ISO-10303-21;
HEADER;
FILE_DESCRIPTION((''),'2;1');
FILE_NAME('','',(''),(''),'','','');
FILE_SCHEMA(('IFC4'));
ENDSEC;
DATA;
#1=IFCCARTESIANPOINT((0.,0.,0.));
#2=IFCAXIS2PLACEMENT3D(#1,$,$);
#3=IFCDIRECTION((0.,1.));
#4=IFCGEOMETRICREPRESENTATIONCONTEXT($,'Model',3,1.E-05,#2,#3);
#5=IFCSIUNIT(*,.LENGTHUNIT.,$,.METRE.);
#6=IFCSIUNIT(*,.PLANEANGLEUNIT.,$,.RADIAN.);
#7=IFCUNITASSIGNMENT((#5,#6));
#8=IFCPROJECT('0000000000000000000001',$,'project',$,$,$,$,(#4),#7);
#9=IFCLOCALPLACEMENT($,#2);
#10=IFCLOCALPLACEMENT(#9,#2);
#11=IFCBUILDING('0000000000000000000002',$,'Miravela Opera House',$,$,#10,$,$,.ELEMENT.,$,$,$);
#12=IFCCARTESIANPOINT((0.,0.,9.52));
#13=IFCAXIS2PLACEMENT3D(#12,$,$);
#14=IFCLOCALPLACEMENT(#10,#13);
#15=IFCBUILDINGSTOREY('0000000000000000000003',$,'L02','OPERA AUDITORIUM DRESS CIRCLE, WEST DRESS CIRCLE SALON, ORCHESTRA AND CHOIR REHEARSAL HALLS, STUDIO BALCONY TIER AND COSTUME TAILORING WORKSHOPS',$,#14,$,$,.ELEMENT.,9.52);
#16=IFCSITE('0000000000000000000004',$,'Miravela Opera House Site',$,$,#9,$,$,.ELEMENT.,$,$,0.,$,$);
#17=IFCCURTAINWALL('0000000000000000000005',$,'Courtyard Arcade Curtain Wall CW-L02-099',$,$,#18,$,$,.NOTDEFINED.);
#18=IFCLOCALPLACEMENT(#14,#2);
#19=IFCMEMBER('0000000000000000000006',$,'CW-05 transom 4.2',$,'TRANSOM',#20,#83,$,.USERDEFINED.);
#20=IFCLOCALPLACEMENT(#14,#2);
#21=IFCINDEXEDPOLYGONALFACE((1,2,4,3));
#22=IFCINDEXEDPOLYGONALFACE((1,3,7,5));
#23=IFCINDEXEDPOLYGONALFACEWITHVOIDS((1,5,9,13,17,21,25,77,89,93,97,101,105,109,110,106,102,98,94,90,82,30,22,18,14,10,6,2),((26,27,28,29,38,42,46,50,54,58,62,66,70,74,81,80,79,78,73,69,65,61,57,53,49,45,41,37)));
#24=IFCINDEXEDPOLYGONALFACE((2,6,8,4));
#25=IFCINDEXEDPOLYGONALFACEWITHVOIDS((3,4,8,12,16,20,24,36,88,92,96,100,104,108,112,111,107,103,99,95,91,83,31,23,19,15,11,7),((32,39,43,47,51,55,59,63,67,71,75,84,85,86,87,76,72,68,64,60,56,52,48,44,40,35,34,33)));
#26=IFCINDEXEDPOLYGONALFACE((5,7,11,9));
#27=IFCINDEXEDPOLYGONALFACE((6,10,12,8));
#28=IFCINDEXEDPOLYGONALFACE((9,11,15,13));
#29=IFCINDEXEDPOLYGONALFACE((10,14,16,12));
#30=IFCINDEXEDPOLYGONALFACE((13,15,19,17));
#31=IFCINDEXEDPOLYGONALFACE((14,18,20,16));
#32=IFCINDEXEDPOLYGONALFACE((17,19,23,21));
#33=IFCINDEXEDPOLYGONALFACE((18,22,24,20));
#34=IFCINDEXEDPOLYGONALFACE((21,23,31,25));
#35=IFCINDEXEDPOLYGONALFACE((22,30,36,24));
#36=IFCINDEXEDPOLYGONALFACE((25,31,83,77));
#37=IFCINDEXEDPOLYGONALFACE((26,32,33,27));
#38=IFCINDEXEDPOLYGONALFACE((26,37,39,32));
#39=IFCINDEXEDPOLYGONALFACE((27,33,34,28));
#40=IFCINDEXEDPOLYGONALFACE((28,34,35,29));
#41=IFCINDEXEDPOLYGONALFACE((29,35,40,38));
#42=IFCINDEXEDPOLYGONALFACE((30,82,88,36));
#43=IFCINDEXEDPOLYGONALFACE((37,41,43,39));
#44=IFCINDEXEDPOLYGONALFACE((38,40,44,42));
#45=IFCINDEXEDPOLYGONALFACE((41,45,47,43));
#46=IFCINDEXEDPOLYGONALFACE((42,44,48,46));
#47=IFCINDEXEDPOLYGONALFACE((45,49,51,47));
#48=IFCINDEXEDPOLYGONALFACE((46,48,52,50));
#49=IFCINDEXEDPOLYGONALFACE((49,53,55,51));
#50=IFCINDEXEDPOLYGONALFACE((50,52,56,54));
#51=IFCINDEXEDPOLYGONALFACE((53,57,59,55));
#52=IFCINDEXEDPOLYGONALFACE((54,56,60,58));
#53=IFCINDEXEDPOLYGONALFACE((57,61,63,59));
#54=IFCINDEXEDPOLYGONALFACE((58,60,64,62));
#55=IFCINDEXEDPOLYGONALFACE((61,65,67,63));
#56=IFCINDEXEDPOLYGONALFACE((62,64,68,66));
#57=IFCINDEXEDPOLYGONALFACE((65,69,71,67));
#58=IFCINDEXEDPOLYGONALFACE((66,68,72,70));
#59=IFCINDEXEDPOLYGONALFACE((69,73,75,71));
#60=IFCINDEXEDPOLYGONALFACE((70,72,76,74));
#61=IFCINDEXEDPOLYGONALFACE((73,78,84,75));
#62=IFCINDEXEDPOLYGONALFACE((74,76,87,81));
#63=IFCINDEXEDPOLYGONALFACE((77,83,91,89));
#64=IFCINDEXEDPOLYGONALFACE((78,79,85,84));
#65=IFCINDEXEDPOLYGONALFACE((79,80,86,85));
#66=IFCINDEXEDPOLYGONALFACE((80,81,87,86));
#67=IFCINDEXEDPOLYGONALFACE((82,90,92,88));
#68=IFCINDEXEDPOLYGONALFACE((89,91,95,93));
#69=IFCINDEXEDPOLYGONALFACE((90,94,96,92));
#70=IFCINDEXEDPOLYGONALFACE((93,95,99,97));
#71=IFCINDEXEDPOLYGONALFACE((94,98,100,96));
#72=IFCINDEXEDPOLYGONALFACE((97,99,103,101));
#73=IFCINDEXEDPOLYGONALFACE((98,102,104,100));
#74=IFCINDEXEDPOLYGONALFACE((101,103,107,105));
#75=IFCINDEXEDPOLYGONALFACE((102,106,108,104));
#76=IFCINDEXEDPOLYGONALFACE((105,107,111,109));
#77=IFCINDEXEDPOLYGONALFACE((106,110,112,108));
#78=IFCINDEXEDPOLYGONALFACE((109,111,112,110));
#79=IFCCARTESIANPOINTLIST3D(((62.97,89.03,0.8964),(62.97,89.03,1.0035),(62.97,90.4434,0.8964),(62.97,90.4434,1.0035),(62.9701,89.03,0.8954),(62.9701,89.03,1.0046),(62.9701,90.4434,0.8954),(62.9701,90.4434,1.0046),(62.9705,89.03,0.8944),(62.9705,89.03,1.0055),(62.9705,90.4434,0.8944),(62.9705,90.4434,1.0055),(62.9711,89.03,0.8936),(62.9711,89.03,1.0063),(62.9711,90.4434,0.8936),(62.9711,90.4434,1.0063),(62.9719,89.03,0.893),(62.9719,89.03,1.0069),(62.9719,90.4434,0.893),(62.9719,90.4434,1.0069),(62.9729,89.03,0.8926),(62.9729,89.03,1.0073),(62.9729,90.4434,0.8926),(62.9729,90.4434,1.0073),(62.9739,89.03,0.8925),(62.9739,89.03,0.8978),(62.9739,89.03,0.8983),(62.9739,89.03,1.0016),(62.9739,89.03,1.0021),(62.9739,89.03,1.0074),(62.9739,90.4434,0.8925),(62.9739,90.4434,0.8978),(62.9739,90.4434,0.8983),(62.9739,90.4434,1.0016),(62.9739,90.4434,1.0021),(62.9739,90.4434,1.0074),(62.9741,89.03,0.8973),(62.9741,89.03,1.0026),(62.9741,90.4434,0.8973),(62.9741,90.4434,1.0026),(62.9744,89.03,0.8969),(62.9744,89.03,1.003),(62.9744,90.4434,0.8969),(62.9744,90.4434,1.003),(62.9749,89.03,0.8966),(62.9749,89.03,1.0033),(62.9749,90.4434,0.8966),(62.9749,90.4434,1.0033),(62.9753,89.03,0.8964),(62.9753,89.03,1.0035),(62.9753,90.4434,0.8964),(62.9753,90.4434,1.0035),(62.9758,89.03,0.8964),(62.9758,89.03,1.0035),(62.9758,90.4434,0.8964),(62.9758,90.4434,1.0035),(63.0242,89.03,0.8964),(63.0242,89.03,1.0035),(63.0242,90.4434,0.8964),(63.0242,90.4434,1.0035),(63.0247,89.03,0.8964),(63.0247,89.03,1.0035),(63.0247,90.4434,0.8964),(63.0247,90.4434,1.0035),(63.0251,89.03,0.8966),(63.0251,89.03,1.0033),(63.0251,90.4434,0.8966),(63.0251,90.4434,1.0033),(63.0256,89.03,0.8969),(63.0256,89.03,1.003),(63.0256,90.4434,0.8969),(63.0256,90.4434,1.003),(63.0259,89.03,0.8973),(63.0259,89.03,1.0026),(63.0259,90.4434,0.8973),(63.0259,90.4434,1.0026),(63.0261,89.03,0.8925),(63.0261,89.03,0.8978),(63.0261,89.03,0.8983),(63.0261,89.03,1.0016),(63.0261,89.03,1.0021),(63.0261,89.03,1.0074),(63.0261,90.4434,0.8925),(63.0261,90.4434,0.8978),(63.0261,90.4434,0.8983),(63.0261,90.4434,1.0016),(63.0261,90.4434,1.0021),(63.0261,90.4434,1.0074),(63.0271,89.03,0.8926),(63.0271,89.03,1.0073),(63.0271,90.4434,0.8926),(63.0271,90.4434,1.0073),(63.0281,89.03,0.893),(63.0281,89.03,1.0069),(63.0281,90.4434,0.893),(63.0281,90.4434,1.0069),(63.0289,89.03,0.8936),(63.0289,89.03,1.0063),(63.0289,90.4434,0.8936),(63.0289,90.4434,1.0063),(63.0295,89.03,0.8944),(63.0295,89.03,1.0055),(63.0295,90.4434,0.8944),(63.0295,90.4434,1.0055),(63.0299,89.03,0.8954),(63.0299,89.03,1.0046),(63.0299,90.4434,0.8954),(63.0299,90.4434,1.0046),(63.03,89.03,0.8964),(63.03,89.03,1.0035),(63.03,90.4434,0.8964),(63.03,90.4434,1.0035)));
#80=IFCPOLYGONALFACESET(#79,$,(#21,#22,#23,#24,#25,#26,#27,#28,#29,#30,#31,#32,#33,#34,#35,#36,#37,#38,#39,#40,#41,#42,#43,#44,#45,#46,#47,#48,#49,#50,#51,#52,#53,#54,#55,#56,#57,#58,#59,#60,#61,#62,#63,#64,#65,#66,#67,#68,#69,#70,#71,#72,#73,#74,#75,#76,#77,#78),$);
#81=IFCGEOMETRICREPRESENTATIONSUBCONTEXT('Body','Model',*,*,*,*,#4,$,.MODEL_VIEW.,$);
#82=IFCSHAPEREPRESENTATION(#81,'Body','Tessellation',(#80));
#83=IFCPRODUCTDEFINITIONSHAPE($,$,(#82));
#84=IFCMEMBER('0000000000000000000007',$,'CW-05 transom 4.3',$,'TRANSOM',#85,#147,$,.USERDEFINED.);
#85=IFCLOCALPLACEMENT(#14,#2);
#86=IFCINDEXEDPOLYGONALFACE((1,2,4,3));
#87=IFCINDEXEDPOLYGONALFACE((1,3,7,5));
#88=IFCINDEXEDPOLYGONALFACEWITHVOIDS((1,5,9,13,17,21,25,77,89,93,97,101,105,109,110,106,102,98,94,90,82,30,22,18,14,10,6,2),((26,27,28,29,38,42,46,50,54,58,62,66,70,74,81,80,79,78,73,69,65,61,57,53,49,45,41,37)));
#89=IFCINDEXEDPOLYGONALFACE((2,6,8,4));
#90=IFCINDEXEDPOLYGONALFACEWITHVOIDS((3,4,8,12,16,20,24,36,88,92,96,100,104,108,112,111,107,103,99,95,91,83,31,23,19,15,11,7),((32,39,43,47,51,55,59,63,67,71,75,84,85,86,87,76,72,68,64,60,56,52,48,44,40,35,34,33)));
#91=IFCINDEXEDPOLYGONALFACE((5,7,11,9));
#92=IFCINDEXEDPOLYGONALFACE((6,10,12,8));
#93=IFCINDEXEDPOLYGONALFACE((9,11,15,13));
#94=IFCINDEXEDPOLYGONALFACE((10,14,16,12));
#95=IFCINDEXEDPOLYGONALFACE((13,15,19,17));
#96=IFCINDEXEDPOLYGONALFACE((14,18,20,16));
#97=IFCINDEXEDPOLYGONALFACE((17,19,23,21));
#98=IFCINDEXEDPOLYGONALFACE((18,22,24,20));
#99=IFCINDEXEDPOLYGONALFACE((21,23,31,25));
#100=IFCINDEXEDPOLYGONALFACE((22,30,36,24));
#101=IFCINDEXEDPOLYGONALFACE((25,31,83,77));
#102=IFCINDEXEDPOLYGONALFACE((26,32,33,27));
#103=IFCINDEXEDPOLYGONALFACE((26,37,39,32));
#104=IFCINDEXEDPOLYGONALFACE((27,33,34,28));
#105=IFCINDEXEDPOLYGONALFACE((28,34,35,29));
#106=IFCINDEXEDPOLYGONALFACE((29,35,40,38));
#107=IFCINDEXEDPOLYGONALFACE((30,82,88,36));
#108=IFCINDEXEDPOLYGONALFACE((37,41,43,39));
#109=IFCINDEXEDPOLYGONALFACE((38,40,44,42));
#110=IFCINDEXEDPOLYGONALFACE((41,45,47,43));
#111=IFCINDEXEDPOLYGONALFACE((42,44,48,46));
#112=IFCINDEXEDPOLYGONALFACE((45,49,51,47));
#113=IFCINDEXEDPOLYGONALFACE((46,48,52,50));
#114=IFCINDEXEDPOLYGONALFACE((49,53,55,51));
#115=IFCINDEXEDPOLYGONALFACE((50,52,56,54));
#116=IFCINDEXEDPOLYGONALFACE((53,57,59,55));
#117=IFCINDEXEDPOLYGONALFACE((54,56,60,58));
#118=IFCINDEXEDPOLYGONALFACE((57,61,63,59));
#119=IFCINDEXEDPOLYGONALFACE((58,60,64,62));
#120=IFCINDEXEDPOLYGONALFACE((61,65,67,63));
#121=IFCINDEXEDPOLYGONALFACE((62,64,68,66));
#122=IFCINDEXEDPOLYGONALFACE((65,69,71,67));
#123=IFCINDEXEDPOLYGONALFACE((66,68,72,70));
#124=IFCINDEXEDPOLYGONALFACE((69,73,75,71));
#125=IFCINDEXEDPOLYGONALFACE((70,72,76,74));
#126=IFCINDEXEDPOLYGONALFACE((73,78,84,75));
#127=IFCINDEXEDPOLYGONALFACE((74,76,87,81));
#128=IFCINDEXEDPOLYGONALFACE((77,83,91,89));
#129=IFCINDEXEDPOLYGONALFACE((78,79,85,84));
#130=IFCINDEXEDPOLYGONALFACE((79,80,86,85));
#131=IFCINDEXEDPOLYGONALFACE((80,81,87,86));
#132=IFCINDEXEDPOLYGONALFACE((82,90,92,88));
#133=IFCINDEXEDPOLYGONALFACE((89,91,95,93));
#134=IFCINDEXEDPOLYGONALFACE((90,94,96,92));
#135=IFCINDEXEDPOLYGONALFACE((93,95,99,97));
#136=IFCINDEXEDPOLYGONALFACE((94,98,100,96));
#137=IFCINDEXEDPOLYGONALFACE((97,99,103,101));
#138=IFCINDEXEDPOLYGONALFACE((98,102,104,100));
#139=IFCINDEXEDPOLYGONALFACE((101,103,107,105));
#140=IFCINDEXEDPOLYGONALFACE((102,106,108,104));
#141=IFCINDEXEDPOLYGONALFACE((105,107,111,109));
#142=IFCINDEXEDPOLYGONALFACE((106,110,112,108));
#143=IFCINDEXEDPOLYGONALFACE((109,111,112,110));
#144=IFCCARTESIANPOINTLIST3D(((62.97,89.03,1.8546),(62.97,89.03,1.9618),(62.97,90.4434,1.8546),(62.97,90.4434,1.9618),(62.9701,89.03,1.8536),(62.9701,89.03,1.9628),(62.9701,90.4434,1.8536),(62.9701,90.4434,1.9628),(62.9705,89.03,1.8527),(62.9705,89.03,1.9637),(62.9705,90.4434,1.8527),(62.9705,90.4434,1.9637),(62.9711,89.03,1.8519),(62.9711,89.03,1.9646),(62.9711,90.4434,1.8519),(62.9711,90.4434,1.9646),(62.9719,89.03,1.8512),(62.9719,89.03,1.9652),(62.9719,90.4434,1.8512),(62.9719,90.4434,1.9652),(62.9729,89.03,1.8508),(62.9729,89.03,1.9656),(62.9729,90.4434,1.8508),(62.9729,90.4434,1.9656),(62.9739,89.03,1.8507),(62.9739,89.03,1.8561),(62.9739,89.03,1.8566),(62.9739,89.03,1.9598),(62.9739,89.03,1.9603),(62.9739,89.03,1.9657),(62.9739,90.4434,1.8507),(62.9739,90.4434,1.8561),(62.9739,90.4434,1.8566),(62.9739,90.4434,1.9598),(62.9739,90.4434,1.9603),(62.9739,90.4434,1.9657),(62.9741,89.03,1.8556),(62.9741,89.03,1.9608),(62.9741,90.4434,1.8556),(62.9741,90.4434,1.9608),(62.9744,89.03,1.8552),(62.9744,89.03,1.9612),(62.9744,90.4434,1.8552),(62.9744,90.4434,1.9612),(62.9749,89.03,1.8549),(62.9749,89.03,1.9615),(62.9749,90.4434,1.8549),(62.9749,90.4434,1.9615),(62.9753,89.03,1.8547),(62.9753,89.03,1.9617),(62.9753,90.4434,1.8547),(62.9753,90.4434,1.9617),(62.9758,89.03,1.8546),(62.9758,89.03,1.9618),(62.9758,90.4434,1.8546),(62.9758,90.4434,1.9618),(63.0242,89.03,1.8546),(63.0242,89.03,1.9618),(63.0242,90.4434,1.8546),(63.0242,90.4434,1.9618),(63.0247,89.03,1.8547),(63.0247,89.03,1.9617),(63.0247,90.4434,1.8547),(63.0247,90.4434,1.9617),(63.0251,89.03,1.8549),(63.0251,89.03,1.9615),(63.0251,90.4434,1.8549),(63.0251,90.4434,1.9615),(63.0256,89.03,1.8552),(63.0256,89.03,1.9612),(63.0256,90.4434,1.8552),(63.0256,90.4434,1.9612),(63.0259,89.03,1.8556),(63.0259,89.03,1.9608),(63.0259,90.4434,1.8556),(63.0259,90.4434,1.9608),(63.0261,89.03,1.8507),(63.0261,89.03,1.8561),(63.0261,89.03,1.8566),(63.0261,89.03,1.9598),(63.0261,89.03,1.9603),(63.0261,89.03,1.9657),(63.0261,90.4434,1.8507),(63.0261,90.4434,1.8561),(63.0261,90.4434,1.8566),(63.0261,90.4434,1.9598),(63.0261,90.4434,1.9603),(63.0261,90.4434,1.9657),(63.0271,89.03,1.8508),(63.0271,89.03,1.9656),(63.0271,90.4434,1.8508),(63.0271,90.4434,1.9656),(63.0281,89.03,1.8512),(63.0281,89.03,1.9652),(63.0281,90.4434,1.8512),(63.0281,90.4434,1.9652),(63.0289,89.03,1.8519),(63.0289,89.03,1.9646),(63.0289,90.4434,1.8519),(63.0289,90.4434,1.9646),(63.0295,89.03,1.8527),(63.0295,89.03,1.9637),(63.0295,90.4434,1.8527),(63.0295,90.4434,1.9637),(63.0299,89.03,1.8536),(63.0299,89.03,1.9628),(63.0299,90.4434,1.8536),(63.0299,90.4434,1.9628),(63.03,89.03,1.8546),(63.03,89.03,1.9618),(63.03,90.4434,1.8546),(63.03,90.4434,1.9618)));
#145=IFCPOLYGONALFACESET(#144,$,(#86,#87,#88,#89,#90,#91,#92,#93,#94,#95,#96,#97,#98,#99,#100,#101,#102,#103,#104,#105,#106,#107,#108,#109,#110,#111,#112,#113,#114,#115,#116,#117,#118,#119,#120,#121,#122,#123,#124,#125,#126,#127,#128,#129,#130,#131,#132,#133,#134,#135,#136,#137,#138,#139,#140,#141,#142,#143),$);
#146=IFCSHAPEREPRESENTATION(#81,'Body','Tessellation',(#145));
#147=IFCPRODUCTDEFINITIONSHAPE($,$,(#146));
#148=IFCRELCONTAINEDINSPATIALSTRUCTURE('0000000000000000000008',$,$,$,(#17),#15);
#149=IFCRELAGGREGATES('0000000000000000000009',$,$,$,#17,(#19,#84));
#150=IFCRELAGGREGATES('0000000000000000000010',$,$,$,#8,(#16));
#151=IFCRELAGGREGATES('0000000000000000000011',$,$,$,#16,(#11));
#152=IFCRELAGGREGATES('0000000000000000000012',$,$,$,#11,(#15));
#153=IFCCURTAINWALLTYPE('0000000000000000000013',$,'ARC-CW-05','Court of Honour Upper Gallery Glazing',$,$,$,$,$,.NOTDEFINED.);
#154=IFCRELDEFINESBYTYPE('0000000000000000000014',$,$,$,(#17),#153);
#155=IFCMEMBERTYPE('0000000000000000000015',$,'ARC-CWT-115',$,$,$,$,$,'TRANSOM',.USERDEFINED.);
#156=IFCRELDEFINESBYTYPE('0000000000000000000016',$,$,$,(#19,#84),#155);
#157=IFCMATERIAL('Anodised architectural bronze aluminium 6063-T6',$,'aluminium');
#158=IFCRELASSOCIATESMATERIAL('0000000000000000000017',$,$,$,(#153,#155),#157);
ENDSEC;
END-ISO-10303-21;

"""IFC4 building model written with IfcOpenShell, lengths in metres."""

from ifc_helpers import new_model, si_unit, direction, frame, origin, origin_2d, place, context, subcontext, project, spatial, hollow_rectangle, extrude, material, material_profile, profile_set, type_object, element, aggregate, save


model = new_model("IFC4")

# Units and contexts
model_context = context("Model", 3, precision=1e-05, world=origin(), true_north=direction((0.0, 1.0)))
body_context = subcontext(model_context, "Body", "Model", "MODEL_VIEW")
ifc_project = project(units=[si_unit("LENGTHUNIT", "METRE"), si_unit("PLANEANGLEUNIT", "RADIAN")], contexts=[model_context])

# Site, building, storey
site_placement = place(None, origin())
site = spatial("IfcSite", under=ifc_project, at=site_placement, Name="Miravela Opera House Site", CompositionType="ELEMENT", RefElevation=0.0)
building_placement = place(site_placement, origin())
building = spatial("IfcBuilding", under=site, at=building_placement, Name="Miravela Opera House", CompositionType="ELEMENT")
storey_placement = place(building_placement, frame((0.0, 0.0, 9.52)))
storey = spatial("IfcBuildingStorey", under=building, at=storey_placement, Name="L02", Description="OPERA AUDITORIUM DRESS CIRCLE, WEST DRESS CIRCLE SALON, ORCHESTRA AND CHOIR REHEARSAL HALLS, STUDIO BALCONY TIER AND COSTUME TAILORING WORKSHOPS", CompositionType="ELEMENT", Elevation=9.52)

# Curtain wall, members
ifc_material_1 = material(Name="Anodised architectural bronze aluminium 6063-T6", Category="aluminium")
curtain_wall_type = type_object("IfcCurtainWallType", Name="ARC-CW-05", Description="Court of Honour Upper Gallery Glazing", PredefinedType="NOTDEFINED", material=ifc_material_1)
curtain_wall_placement = place(storey_placement, origin())
curtain_wall = element("IfcCurtainWall", 1, at=curtain_wall_placement, inside=storey, type_object=curtain_wall_type, Name="Courtyard Arcade Curtain Wall CW-L02-099", PredefinedType="NOTDEFINED")
ifc_material_profile_1 = material_profile(ifc_material_1, hollow_rectangle(XDim=0.0601, YDim=0.115, WallThickness=0.0039, InnerFilletRadius=0.002, OuterFilletRadius=0.0039, at=origin_2d()), Name="CWT-60X115")
ifc_profile_set_1 = profile_set([ifc_material_profile_1])
member_type_1 = type_object("IfcMemberType", Name="ARC-CWT-115", ElementType="TRANSOM", PredefinedType="USERDEFINED", material=ifc_profile_set_1)
member_1_placement = place(storey_placement, frame((63.0, 89.03, 0.95), z_axis=(0.0, 1.0, 0.0), x_axis=(-1.0, 0.0, 0.0)))
member_1 = element("IfcMember", 2, at=member_1_placement, type_object=member_type_1, Name="CW-05 transom 4.2", ObjectType="TRANSOM", PredefinedType="USERDEFINED", context=body_context, shape_type="SweptSolid", body=[
    extrude(hollow_rectangle(XDim=0.0601, YDim=0.115, WallThickness=0.0039, InnerFilletRadius=0.002, OuterFilletRadius=0.0039, at=origin_2d()), origin(), (0.0, 0.0, 1.0), 1.4133),
])
member_2_placement = place(storey_placement, frame((63.0, 89.03, 1.9082), z_axis=(0.0, 1.0, 0.0), x_axis=(-1.0, 0.0, 0.0)))
member_2 = element("IfcMember", 3, at=member_2_placement, type_object=member_type_1, Name="CW-05 transom 4.3", ObjectType="TRANSOM", PredefinedType="USERDEFINED", context=body_context, shape_type="SweptSolid", body=[
    extrude(hollow_rectangle(XDim=0.0601, YDim=0.115, WallThickness=0.0039, InnerFilletRadius=0.002, OuterFilletRadius=0.0039, at=origin_2d()), origin(), (0.0, 0.0, 1.0), 1.4133),
])

aggregate(curtain_wall, [member_1, member_2])

save(model, "model.ifc")
